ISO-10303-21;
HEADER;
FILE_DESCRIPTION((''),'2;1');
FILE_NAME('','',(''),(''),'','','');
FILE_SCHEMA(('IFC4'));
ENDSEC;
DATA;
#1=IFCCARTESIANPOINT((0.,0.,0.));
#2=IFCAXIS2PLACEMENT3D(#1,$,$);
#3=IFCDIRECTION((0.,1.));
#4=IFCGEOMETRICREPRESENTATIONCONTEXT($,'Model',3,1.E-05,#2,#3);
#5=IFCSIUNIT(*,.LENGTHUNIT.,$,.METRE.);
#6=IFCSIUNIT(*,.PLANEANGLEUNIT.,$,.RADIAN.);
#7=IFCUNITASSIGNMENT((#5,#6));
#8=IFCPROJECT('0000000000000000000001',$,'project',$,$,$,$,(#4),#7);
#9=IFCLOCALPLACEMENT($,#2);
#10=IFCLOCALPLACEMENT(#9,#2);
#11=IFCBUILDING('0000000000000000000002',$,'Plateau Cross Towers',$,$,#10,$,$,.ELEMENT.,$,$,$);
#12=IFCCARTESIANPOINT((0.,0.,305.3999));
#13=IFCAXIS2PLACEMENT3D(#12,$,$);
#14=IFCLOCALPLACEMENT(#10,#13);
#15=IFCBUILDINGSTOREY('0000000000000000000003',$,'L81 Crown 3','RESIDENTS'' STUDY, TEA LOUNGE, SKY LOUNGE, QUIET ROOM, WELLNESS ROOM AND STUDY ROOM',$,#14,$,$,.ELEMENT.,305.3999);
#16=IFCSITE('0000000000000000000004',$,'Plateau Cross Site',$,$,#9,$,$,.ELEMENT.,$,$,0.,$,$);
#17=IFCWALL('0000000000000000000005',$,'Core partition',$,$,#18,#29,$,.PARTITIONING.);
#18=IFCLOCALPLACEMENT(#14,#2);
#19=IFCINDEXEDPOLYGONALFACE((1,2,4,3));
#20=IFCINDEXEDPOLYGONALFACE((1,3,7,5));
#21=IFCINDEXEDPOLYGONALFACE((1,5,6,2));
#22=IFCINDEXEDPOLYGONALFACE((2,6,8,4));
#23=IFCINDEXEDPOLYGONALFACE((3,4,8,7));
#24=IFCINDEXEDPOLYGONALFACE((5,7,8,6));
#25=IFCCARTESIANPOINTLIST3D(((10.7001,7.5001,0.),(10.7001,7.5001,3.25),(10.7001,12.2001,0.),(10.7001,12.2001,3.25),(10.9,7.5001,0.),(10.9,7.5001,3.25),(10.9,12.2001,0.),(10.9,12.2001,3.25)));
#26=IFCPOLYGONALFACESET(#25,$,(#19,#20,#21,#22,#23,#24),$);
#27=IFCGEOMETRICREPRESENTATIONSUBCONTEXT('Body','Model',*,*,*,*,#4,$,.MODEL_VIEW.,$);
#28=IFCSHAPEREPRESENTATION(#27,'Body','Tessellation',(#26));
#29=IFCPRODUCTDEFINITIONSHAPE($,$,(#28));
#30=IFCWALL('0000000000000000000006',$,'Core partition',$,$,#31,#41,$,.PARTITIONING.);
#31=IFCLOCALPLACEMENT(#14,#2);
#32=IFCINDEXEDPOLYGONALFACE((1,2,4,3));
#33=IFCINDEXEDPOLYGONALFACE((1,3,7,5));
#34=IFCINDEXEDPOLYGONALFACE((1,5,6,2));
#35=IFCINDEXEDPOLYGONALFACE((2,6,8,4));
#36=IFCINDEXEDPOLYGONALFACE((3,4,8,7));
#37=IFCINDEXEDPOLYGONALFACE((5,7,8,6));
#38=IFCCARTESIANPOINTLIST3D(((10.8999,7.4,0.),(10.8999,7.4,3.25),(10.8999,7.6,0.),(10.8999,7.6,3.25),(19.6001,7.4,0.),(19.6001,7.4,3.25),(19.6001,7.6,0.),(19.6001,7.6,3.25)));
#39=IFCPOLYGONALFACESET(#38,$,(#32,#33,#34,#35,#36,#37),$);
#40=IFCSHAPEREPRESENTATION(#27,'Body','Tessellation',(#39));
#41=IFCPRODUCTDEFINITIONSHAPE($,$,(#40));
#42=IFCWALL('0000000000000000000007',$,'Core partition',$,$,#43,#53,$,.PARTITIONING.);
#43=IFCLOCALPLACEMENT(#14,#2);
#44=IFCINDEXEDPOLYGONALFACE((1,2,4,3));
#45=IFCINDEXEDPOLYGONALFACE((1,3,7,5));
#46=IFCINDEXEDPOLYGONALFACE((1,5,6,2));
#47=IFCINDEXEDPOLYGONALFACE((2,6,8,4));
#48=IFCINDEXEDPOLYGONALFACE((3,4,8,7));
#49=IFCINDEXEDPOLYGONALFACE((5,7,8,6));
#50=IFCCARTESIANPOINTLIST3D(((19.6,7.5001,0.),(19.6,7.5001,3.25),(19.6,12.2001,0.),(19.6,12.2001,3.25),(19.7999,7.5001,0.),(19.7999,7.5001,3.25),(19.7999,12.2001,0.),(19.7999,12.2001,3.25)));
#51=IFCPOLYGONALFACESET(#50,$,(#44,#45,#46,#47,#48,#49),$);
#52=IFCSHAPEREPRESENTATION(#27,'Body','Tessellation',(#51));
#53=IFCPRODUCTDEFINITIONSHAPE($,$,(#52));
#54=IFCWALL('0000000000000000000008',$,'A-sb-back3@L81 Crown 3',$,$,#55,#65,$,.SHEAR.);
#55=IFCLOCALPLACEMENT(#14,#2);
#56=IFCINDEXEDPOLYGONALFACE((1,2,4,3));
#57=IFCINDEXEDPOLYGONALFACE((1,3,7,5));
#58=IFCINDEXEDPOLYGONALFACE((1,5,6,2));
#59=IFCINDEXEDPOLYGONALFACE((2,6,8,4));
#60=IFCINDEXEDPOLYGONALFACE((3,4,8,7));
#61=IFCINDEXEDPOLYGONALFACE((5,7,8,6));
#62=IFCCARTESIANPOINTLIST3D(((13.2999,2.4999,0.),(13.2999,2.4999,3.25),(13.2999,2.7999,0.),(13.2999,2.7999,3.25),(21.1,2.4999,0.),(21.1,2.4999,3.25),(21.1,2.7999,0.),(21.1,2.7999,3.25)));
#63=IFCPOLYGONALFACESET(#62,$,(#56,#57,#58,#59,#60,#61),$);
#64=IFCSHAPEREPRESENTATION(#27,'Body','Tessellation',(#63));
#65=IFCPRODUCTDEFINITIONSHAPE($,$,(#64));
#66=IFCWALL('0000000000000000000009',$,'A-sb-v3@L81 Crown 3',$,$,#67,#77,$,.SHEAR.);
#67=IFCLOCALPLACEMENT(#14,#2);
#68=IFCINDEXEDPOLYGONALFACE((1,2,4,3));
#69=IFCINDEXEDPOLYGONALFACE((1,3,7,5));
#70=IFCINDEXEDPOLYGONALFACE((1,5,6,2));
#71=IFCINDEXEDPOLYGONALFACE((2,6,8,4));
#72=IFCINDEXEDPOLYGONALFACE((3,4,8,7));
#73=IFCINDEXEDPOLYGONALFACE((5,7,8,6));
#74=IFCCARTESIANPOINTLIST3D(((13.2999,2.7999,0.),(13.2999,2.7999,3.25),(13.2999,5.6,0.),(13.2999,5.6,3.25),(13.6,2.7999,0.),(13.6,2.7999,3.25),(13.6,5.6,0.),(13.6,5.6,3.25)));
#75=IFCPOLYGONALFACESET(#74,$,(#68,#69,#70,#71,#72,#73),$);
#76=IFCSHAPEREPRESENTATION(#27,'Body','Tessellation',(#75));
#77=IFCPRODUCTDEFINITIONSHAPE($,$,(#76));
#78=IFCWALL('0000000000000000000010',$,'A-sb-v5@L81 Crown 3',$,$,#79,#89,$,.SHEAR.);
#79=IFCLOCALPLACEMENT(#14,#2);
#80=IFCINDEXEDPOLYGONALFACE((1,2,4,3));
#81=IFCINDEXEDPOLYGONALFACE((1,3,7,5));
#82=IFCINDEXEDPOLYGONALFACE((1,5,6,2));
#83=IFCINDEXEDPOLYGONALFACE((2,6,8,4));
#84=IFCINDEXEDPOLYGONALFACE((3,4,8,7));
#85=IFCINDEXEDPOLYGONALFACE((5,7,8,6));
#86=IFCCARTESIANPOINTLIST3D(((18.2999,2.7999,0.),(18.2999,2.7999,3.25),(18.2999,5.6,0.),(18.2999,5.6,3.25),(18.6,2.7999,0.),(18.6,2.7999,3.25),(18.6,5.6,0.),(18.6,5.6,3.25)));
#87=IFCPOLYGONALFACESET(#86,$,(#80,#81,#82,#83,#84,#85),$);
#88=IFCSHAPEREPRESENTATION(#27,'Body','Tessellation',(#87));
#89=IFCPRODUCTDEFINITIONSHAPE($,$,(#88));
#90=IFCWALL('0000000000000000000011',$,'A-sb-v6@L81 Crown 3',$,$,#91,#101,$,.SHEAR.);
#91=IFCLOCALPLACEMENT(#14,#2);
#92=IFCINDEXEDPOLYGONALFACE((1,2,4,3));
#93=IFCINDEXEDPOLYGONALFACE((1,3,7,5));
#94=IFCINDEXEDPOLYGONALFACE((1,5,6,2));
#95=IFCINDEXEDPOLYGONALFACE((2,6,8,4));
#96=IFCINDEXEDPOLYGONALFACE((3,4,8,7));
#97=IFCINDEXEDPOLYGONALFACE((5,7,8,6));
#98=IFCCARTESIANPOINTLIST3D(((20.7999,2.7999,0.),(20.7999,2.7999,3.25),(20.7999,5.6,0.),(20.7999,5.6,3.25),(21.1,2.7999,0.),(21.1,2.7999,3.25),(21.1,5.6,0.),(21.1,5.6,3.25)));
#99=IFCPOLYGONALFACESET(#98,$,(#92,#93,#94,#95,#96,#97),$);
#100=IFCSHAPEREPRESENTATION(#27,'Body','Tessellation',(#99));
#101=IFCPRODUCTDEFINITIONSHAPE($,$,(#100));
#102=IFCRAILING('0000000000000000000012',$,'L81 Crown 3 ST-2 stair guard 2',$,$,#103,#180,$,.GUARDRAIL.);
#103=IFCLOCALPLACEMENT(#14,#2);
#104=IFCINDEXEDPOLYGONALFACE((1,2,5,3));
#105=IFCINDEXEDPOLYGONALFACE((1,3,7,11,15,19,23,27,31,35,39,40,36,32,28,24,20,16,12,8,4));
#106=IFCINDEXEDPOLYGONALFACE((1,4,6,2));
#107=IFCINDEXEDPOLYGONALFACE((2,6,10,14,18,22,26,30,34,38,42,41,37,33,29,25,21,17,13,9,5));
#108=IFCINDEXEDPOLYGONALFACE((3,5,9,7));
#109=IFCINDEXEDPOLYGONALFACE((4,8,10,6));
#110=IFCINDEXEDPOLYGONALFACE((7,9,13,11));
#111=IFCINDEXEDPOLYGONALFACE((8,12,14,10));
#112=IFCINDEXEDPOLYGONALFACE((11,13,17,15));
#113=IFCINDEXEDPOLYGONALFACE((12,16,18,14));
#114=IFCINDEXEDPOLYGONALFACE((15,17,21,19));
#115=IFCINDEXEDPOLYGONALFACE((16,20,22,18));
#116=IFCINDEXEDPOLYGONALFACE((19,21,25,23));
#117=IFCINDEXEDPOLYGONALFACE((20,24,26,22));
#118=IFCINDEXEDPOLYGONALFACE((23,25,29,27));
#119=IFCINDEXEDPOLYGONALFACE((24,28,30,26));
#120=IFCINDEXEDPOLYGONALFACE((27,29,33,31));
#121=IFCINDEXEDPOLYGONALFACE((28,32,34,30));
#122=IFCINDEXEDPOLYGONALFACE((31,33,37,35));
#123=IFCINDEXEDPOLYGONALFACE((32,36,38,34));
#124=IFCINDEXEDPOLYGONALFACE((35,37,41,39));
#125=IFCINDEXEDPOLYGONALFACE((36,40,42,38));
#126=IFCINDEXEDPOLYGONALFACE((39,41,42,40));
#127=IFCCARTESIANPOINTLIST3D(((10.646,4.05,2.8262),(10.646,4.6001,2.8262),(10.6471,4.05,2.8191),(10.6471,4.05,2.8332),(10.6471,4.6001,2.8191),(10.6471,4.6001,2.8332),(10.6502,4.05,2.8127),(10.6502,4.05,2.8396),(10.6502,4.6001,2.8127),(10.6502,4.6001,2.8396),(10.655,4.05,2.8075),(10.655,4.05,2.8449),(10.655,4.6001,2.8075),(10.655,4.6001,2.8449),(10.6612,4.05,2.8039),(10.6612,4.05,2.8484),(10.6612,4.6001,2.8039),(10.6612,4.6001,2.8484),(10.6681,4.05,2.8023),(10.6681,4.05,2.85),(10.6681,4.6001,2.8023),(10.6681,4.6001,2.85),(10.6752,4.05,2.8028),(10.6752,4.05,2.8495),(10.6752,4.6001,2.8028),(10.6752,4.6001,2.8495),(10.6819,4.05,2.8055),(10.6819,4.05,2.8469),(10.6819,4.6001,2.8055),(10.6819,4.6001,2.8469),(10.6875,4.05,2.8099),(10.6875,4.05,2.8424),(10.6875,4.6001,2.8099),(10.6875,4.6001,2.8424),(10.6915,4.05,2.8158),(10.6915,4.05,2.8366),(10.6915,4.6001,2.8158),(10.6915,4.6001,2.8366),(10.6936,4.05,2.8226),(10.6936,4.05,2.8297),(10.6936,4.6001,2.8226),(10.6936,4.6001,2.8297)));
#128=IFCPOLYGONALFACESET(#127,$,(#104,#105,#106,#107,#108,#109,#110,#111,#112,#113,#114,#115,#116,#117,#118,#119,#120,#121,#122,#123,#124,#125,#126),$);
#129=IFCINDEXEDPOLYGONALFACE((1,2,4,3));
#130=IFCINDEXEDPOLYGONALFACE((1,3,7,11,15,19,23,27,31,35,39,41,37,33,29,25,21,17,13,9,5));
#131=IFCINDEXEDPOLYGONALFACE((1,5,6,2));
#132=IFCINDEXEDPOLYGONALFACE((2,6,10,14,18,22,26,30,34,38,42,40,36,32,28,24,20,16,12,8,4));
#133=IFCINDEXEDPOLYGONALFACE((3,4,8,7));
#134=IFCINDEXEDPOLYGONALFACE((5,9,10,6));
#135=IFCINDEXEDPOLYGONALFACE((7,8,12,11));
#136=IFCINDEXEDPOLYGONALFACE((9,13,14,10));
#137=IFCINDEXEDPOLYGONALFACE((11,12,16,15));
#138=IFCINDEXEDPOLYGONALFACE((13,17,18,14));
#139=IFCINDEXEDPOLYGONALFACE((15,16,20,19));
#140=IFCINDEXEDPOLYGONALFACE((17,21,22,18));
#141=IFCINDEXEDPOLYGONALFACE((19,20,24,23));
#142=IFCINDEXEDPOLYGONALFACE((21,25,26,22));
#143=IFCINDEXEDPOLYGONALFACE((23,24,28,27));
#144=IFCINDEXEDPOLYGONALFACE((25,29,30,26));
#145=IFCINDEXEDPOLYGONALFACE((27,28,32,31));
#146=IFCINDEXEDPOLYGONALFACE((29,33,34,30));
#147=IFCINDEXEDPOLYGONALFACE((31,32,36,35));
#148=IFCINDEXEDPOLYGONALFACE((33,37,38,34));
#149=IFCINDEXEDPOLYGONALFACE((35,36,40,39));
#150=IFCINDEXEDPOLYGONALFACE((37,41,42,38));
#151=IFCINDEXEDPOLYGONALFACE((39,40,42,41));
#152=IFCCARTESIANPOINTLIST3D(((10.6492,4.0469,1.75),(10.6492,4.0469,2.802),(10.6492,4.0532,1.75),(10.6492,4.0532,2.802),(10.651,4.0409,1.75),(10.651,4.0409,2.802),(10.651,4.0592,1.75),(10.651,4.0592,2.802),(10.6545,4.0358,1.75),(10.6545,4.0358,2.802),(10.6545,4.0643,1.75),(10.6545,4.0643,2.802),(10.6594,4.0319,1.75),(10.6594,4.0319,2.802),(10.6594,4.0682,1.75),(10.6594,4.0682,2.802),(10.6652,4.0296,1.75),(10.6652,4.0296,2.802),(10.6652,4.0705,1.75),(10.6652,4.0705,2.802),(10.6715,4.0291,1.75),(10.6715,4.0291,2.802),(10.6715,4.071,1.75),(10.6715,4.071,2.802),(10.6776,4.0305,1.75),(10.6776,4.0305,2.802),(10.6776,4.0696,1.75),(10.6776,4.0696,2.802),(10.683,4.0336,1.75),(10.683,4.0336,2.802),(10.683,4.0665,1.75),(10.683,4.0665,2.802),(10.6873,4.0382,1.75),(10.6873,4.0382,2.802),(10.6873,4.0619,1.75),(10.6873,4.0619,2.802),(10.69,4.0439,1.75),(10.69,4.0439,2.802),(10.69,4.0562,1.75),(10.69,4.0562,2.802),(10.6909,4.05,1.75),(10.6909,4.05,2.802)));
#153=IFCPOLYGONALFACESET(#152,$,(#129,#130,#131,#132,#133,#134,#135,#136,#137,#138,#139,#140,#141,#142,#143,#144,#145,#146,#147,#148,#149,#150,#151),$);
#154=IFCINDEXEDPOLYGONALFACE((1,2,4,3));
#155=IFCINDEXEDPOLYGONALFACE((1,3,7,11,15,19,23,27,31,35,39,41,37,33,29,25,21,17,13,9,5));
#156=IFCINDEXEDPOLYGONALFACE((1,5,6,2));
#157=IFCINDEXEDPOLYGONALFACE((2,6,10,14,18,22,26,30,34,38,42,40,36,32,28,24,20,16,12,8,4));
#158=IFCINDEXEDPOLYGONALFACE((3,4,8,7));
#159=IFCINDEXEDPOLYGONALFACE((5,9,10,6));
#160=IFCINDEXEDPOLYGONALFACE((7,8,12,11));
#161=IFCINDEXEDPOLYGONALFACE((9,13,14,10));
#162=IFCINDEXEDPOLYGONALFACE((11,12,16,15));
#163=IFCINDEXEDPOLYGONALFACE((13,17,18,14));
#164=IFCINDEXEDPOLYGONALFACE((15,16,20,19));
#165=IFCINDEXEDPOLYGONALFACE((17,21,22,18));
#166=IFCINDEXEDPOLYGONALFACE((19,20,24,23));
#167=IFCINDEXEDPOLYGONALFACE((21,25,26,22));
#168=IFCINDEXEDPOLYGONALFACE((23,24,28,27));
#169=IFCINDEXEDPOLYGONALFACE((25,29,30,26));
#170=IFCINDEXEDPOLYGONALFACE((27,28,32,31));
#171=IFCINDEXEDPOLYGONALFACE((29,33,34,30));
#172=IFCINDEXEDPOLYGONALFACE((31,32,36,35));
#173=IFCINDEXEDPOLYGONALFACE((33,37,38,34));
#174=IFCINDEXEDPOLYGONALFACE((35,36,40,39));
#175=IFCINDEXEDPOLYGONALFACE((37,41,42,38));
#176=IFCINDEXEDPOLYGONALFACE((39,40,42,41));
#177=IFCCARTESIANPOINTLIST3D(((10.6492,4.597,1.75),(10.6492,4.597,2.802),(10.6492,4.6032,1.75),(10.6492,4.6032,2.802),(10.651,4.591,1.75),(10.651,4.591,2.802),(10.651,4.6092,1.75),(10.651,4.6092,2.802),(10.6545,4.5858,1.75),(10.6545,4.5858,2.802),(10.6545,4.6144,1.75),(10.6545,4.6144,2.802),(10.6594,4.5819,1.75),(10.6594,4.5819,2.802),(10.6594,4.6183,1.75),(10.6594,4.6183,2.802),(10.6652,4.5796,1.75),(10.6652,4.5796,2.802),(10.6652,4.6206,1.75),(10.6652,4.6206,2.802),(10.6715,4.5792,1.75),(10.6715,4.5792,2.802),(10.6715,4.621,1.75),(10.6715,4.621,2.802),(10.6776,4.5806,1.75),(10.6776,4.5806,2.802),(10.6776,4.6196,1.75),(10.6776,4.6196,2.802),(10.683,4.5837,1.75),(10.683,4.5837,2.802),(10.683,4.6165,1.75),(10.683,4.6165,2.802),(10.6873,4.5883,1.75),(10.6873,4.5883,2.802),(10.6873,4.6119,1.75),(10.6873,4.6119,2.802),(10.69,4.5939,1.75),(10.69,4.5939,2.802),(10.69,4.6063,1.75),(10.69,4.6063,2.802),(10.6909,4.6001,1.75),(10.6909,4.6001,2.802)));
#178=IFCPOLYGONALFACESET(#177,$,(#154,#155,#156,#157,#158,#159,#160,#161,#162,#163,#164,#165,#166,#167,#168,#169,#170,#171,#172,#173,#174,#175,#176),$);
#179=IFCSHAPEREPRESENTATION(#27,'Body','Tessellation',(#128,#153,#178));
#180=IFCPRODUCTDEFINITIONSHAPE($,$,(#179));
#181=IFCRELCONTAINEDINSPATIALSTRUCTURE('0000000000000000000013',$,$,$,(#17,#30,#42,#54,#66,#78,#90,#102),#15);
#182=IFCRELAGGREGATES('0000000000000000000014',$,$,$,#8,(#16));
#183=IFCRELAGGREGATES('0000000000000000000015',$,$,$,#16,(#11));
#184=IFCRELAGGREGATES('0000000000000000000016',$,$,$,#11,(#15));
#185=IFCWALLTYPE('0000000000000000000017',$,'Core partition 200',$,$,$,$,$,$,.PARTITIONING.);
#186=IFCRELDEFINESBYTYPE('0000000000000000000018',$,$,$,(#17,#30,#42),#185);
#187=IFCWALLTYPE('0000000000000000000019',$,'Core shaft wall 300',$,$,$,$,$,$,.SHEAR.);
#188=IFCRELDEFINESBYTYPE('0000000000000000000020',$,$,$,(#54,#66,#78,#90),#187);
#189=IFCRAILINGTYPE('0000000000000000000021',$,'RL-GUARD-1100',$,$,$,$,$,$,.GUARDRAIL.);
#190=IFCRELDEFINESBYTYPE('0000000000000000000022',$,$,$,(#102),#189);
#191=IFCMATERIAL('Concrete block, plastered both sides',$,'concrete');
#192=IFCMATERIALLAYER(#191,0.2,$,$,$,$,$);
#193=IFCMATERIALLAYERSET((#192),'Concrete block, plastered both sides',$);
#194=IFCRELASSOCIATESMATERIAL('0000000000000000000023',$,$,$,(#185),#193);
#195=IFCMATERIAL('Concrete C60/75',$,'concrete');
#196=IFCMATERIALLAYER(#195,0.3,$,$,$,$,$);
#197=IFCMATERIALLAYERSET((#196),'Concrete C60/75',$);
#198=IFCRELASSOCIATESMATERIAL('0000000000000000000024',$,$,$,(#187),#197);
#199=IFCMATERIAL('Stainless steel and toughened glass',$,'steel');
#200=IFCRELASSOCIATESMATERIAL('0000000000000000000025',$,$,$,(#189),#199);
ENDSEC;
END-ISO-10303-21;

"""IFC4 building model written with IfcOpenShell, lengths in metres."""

from ifc_helpers import new_model, si_unit, direction, frame, frame_2d, origin, origin_2d, place, context, subcontext, project, spatial, rectangle, circle, extrude, material, layer, layer_set, type_object, element, save


model = new_model("IFC4")

# Units and contexts
model_context = context("Model", 3, precision=1e-05, world=origin(), true_north=direction((0.0, 1.0)))
body_context = subcontext(model_context, "Body", "Model", "MODEL_VIEW")
ifc_project = project(units=[si_unit("LENGTHUNIT", "METRE"), si_unit("PLANEANGLEUNIT", "RADIAN")], contexts=[model_context])

# Site, building, storey
site_placement = place(None, origin())
site = spatial("IfcSite", under=ifc_project, at=site_placement, Name="Plateau Cross Site", CompositionType="ELEMENT", RefElevation=0.0)
building_placement = place(site_placement, origin())
building = spatial("IfcBuilding", under=site, at=building_placement, Name="Plateau Cross Towers", CompositionType="ELEMENT")
storey_placement = place(building_placement, frame((0.0, 0.0, 305.3999)))
storey = spatial("IfcBuildingStorey", under=building, at=storey_placement, Name="L81 Crown 3", Description="RESIDENTS' STUDY, TEA LOUNGE, SKY LOUNGE, QUIET ROOM, WELLNESS ROOM AND STUDY ROOM", CompositionType="ELEMENT", Elevation=305.3999)

# Shared definitions
ifc_material_1 = material(Name="Concrete C60/75", Category="concrete")

# Walls
ifc_material_2 = material(Name="Concrete block, plastered both sides", Category="concrete")
ifc_layer_1 = layer(ifc_material_2, 0.2)
ifc_layer_set_1 = layer_set([ifc_layer_1], Name="Concrete block, plastered both sides")
wall_type_1 = type_object("IfcWallType", Name="Core partition 200", PredefinedType="PARTITIONING", material=ifc_layer_set_1)
wall_1_placement = place(storey_placement, frame((10.8, 7.5, 0.0), z_axis=(0.0, 0.0, 1.0), x_axis=(0.0, 1.0, 0.0)))
element("IfcWall", 1, at=wall_1_placement, inside=storey, type_object=wall_type_1, Name="Core partition", PredefinedType="PARTITIONING", context=body_context, shape_type="SweptSolid", body=[
    extrude(rectangle(XDim=4.7, YDim=0.2, at=frame_2d((2.3501, 0.0))), origin(), (0.0, 0.0, 1.0), 3.25),
])
wall_2_placement = place(storey_placement, frame((10.8999, 7.5, 0.0), z_axis=(0.0, 0.0, 1.0), x_axis=(1.0, 0.0, 0.0)))
element("IfcWall", 2, at=wall_2_placement, inside=storey, type_object=wall_type_1, Name="Core partition", PredefinedType="PARTITIONING", context=body_context, shape_type="SweptSolid", body=[
    extrude(rectangle(XDim=8.7002, YDim=0.2, at=frame_2d((4.3501, 0.0))), origin(), (0.0, 0.0, 1.0), 3.25),
])
wall_3_placement = place(storey_placement, frame((19.7, 7.5, 0.0), z_axis=(0.0, 0.0, 1.0), x_axis=(0.0, 1.0, 0.0)))
element("IfcWall", 3, at=wall_3_placement, inside=storey, type_object=wall_type_1, Name="Core partition", PredefinedType="PARTITIONING", context=body_context, shape_type="SweptSolid", body=[
    extrude(rectangle(XDim=4.7, YDim=0.2, at=frame_2d((2.3501, 0.0))), origin(), (0.0, 0.0, 1.0), 3.25),
])
ifc_layer_2 = layer(ifc_material_1, 0.3)
ifc_layer_set_2 = layer_set([ifc_layer_2], Name="Concrete C60/75")
wall_type_2 = type_object("IfcWallType", Name="Core shaft wall 300", PredefinedType="SHEAR", material=ifc_layer_set_2)
wall_4_placement = place(storey_placement, frame((13.3, 2.6499, 0.0), z_axis=(0.0, 0.0, 1.0), x_axis=(1.0, 0.0, 0.0)))
element("IfcWall", 4, at=wall_4_placement, inside=storey, type_object=wall_type_2, Name="A-sb-back3@L81 Crown 3", PredefinedType="SHEAR", context=body_context, shape_type="SweptSolid", body=[
    extrude(rectangle(XDim=7.8, YDim=0.3, at=frame_2d((3.8999, 0.0))), origin(), (0.0, 0.0, 1.0), 3.25),
])
for number, where, z_axis, x_axis, name in (
    (5, (13.45, 2.8, 0.0), (0.0, 0.0, 1.0), (0.0, 1.0, 0.0), "A-sb-v3@L81 Crown 3"),
    (6, (18.45, 2.8, 0.0), (0.0, 0.0, 1.0), (0.0, 1.0, 0.0), "A-sb-v5@L81 Crown 3"),
    (7, (20.95, 2.8, 0.0), (0.0, 0.0, 1.0), (0.0, 1.0, 0.0), "A-sb-v6@L81 Crown 3"),
):
    element("IfcWall", number, at=place(storey_placement, frame(where, z_axis=z_axis, x_axis=x_axis)), inside=storey, type_object=wall_type_2, Name=name, PredefinedType="SHEAR", context=body_context, shape_type="SweptSolid", body=[
        extrude(rectangle(XDim=2.8, YDim=0.3, at=frame_2d((1.3999, 0.0))), origin(), (0.0, 0.0, 1.0), 3.25),
    ])

# Railing
ifc_material_3 = material(Name="Stainless steel and toughened glass", Category="steel")
railing_type = type_object("IfcRailingType", Name="RL-GUARD-1100", PredefinedType="GUARDRAIL", material=ifc_material_3)
railing_placement = place(storey_placement, frame((10.6699, 4.05, 1.75)))
element("IfcRailing", 8, at=railing_placement, inside=storey, type_object=railing_type, Name="L81 Crown 3 ST-2 stair guard 2", PredefinedType="GUARDRAIL", context=body_context, shape_type="SweptSolid", body=[
    extrude(circle(Radius=0.0239, at=origin_2d()), frame((0.0, 0.0, 1.0762), z_axis=(0.0, 1.0, 0.0), x_axis=(-1.0, 0.0, 0.0)), (0.0, 0.0, 1.0), 0.55),
    extrude(circle(Radius=0.021, at=origin_2d()), origin(), (0.0, 0.0, 1.0), 1.052),
    extrude(circle(Radius=0.021, at=origin_2d()), frame((0.0, 0.55, 0.0)), (0.0, 0.0, 1.0), 1.052),
])

save(model, "model.ifc")
